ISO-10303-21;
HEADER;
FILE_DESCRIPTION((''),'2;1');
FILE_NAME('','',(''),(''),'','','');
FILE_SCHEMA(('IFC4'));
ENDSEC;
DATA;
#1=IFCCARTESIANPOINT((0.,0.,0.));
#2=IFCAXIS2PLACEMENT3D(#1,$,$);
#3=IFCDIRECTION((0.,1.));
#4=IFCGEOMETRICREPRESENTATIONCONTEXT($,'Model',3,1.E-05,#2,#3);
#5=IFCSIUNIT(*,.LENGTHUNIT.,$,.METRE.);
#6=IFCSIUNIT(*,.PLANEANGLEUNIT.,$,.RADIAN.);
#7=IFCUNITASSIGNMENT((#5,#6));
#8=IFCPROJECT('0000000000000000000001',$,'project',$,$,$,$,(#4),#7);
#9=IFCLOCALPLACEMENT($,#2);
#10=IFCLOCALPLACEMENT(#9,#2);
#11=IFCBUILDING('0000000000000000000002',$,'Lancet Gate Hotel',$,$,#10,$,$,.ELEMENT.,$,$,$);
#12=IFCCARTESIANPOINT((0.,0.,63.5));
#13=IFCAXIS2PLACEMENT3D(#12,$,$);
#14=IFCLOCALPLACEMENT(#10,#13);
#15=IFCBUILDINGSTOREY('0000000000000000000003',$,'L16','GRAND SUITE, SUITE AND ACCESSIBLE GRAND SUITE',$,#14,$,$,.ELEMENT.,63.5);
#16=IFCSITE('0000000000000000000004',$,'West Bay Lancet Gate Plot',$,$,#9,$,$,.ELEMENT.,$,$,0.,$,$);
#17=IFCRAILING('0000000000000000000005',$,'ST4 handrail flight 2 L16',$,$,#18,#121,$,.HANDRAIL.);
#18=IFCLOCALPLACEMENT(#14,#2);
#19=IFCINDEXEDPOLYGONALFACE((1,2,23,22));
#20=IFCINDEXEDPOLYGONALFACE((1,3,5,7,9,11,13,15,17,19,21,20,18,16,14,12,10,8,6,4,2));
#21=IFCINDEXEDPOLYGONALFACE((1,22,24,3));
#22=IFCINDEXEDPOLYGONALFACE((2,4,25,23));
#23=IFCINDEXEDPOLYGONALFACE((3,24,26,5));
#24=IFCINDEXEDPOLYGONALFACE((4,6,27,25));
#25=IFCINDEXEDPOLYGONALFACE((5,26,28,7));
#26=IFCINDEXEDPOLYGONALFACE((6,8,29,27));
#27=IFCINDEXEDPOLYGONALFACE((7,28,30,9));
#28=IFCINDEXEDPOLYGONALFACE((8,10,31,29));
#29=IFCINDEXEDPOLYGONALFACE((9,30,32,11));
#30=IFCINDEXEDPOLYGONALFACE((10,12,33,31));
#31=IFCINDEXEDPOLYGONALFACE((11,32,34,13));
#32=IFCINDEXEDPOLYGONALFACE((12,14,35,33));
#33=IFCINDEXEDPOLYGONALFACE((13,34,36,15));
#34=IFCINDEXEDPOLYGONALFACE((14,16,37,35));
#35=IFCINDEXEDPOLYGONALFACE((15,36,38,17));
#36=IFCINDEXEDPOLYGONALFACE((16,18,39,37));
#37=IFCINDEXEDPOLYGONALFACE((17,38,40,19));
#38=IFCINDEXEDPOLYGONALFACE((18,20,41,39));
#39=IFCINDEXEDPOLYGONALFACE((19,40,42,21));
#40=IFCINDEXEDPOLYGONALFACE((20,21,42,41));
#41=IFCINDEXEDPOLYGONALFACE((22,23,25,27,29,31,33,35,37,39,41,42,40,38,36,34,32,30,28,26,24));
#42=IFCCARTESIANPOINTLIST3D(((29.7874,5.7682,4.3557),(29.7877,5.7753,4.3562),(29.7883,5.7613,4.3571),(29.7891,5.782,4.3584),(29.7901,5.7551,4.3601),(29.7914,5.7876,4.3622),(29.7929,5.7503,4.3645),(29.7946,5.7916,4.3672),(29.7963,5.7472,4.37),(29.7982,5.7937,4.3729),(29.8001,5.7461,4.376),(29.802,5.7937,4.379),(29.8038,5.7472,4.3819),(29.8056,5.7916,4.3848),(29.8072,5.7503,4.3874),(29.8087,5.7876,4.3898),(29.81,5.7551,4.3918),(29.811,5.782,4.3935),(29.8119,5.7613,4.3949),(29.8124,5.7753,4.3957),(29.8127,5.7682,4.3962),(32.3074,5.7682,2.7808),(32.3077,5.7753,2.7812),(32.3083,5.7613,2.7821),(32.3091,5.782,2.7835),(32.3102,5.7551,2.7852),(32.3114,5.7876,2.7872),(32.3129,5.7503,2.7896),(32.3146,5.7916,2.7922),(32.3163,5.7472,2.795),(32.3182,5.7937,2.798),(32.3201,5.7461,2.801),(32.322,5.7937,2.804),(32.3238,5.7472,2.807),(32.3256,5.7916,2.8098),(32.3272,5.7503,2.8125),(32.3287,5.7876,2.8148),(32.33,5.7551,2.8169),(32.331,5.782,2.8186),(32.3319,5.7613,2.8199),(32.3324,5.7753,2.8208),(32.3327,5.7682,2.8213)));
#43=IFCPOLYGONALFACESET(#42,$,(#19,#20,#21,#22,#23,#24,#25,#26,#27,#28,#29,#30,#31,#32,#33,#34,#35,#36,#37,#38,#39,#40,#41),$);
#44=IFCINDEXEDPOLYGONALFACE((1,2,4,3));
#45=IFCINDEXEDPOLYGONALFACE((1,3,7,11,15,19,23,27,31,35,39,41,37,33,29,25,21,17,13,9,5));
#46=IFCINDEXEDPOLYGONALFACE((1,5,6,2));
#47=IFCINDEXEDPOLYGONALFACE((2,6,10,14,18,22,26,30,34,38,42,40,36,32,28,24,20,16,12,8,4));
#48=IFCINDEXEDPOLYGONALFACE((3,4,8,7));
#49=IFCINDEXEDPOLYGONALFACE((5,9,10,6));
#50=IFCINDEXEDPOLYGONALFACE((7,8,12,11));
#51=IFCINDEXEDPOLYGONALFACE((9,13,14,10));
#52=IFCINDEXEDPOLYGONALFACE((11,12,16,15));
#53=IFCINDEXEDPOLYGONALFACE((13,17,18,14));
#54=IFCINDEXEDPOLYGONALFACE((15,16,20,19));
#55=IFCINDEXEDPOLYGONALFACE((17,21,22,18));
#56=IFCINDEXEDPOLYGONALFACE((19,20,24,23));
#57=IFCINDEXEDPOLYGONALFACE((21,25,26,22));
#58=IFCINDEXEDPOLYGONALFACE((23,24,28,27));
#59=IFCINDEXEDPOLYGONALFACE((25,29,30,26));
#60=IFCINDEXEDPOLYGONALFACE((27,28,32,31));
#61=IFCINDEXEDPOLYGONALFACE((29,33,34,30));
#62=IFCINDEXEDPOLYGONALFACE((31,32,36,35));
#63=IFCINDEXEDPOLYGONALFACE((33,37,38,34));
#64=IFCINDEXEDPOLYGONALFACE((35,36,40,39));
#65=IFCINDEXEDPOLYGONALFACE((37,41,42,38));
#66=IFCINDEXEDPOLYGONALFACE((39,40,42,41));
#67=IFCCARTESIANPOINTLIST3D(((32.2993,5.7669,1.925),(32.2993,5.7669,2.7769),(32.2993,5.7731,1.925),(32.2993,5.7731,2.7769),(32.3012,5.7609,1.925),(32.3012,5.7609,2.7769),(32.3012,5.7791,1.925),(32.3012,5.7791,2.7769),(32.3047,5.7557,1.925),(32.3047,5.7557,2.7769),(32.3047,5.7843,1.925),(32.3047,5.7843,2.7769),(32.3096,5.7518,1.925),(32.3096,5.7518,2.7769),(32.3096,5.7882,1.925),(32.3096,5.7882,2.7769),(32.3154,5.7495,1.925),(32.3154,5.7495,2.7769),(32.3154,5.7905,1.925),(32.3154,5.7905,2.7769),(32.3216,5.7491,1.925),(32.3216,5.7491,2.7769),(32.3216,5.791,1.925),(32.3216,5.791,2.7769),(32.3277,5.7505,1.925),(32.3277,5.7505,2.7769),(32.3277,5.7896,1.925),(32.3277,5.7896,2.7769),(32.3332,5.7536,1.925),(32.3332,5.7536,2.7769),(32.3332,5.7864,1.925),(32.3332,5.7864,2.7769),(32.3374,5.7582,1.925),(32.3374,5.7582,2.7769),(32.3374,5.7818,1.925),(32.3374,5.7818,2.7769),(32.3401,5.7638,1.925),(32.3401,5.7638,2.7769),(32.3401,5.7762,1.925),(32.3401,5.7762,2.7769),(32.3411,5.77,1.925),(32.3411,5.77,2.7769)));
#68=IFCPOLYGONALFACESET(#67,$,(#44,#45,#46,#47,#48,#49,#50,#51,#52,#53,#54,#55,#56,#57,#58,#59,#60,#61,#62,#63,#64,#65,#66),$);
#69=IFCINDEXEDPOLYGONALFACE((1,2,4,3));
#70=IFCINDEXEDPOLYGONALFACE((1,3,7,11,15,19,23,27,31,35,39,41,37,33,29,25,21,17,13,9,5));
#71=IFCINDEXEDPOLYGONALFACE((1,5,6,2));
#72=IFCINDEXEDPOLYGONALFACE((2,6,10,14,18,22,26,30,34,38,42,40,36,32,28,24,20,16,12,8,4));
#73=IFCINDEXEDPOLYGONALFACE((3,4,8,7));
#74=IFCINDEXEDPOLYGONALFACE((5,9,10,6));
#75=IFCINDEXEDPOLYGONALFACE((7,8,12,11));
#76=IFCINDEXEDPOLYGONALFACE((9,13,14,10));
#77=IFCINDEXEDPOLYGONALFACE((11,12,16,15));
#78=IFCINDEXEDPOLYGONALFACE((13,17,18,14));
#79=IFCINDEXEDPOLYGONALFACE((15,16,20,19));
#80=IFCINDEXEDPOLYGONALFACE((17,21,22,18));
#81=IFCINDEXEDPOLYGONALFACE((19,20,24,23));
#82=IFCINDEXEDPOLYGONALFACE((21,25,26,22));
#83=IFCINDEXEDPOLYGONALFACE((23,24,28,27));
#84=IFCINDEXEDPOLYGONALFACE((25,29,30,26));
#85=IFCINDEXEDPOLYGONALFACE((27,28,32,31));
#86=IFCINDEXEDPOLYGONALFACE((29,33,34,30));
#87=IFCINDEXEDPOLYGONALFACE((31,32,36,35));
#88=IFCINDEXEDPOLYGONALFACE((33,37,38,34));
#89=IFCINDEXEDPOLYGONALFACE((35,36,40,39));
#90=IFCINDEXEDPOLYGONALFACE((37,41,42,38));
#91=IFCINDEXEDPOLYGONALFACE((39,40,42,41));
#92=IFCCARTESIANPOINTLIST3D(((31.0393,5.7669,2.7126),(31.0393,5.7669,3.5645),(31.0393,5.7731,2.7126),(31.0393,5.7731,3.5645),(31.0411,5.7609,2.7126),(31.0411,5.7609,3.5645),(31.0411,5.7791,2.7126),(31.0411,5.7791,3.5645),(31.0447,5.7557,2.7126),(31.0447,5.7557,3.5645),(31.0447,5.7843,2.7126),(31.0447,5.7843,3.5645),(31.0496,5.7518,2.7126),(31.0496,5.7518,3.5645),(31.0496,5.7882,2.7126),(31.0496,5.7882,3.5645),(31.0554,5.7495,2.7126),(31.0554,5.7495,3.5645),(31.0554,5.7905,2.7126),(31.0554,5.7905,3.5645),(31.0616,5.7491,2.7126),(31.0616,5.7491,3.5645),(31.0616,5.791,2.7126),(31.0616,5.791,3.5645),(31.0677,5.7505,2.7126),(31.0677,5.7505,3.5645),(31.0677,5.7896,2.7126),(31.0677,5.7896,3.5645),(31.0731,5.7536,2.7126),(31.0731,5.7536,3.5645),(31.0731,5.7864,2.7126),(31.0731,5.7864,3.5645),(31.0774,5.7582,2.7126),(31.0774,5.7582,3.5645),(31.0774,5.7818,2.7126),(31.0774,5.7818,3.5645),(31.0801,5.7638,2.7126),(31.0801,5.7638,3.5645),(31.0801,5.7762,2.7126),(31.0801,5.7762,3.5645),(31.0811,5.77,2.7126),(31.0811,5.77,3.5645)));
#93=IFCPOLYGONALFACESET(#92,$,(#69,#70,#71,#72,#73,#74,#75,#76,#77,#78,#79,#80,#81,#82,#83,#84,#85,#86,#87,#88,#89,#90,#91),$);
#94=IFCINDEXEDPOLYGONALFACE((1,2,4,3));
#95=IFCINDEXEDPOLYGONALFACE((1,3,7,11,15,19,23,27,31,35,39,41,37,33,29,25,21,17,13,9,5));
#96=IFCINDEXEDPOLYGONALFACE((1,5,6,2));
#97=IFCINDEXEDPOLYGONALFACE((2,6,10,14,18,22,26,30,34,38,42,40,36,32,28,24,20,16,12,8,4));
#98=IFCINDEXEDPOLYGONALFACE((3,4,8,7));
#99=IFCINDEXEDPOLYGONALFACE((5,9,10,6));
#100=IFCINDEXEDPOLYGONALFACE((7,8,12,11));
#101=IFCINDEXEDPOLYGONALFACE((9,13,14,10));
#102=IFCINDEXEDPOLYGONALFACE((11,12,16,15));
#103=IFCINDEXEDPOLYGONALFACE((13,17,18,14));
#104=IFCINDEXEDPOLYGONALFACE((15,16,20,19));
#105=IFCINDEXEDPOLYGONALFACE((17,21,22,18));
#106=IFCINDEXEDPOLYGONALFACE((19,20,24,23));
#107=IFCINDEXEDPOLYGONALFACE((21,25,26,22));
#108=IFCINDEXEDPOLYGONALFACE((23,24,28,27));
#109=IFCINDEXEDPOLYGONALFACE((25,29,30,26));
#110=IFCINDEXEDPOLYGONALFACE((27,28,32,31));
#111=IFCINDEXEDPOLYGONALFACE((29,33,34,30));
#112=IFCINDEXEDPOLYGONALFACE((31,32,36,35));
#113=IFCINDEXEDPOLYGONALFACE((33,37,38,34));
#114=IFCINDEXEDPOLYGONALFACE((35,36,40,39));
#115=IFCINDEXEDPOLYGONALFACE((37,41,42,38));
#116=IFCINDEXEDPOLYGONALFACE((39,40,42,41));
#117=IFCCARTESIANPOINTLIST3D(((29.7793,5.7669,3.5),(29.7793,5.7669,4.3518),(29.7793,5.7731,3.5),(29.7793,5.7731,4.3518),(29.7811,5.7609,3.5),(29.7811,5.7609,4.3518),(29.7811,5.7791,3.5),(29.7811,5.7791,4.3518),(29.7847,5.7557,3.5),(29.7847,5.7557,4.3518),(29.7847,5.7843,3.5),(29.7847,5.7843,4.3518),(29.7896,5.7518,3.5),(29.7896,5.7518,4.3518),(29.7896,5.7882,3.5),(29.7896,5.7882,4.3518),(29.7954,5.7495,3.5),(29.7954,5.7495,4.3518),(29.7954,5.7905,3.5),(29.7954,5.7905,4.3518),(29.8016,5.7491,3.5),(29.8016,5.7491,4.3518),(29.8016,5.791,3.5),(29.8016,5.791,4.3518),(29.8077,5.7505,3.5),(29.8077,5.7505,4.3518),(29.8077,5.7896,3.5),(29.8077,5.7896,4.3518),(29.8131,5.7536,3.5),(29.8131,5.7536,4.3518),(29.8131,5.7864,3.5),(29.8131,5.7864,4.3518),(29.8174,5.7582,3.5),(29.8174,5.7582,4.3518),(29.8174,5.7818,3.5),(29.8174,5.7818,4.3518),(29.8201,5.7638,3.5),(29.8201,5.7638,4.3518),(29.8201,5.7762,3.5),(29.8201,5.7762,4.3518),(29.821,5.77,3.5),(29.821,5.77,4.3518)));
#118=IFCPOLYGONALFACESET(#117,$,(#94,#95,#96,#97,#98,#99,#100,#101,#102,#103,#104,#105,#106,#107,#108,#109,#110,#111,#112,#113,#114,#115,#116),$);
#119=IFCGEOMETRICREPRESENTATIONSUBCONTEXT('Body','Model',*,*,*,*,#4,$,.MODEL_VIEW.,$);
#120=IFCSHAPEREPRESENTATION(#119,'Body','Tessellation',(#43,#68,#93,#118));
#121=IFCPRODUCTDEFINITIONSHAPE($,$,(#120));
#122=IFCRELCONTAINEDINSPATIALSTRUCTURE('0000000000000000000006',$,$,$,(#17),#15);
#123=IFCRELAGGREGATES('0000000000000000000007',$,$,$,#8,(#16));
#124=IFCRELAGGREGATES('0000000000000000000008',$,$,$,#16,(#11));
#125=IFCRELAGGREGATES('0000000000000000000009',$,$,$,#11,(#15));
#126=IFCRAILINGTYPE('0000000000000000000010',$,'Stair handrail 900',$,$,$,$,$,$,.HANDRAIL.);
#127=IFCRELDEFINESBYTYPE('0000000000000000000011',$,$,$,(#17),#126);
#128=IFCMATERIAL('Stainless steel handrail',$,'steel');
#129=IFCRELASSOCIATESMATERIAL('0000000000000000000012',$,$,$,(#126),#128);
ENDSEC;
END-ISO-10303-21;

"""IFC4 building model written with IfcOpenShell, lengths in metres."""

from ifc_helpers import new_model, si_unit, direction, frame, origin, origin_2d, place, context, subcontext, project, spatial, circle, extrude, material, type_object, element, save


model = new_model("IFC4")

# Units and contexts
model_context = context("Model", 3, precision=1e-05, world=origin(), true_north=direction((0.0, 1.0)))
body_context = subcontext(model_context, "Body", "Model", "MODEL_VIEW")
ifc_project = project(units=[si_unit("LENGTHUNIT", "METRE"), si_unit("PLANEANGLEUNIT", "RADIAN")], contexts=[model_context])

# Site, building, storey
site_placement = place(None, origin())
site = spatial("IfcSite", under=ifc_project, at=site_placement, Name="West Bay Lancet Gate Plot", CompositionType="ELEMENT", RefElevation=0.0)
building_placement = place(site_placement, origin())
building = spatial("IfcBuilding", under=site, at=building_placement, Name="Lancet Gate Hotel", CompositionType="ELEMENT")
storey_placement = place(building_placement, frame((0.0, 0.0, 63.5)))
storey = spatial("IfcBuildingStorey", under=building, at=storey_placement, Name="L16", Description="GRAND SUITE, SUITE AND ACCESSIBLE GRAND SUITE", CompositionType="ELEMENT", Elevation=63.5)

# Railing
ifc_material_1 = material(Name="Stainless steel handrail", Category="steel")
railing_type = type_object("IfcRailingType", Name="Stair handrail 900", PredefinedType="HANDRAIL", material=ifc_material_1)
railing_1_placement = place(storey_placement, frame((32.3201, 5.77, 1.925)))
element("IfcRailing", 1, at=railing_1_placement, inside=storey, type_object=railing_type, Name="ST4 handrail flight 2 L16", PredefinedType="HANDRAIL", context=body_context, shape_type="SweptSolid", body=[
    extrude(circle(Radius=0.0239, at=origin_2d()), frame((0.0, 0.0, 0.876), z_axis=(-0.848008, 0.0, 0.529984), x_axis=(0.0, -1.0, 0.0)), (0.0, 0.0, 1.0), 2.9717),
    extrude(circle(Radius=0.021, at=origin_2d()), origin(), (0.0, 0.0, 1.0), 0.8518),
    extrude(circle(Radius=0.021, at=origin_2d()), frame((-1.26, 0.0, 0.7876)), (0.0, 0.0, 1.0), 0.8518),
    extrude(circle(Radius=0.021, at=origin_2d()), frame((-2.52, 0.0, 1.575)), (0.0, 0.0, 1.0), 0.8518),
])

save(model, "model.ifc")
